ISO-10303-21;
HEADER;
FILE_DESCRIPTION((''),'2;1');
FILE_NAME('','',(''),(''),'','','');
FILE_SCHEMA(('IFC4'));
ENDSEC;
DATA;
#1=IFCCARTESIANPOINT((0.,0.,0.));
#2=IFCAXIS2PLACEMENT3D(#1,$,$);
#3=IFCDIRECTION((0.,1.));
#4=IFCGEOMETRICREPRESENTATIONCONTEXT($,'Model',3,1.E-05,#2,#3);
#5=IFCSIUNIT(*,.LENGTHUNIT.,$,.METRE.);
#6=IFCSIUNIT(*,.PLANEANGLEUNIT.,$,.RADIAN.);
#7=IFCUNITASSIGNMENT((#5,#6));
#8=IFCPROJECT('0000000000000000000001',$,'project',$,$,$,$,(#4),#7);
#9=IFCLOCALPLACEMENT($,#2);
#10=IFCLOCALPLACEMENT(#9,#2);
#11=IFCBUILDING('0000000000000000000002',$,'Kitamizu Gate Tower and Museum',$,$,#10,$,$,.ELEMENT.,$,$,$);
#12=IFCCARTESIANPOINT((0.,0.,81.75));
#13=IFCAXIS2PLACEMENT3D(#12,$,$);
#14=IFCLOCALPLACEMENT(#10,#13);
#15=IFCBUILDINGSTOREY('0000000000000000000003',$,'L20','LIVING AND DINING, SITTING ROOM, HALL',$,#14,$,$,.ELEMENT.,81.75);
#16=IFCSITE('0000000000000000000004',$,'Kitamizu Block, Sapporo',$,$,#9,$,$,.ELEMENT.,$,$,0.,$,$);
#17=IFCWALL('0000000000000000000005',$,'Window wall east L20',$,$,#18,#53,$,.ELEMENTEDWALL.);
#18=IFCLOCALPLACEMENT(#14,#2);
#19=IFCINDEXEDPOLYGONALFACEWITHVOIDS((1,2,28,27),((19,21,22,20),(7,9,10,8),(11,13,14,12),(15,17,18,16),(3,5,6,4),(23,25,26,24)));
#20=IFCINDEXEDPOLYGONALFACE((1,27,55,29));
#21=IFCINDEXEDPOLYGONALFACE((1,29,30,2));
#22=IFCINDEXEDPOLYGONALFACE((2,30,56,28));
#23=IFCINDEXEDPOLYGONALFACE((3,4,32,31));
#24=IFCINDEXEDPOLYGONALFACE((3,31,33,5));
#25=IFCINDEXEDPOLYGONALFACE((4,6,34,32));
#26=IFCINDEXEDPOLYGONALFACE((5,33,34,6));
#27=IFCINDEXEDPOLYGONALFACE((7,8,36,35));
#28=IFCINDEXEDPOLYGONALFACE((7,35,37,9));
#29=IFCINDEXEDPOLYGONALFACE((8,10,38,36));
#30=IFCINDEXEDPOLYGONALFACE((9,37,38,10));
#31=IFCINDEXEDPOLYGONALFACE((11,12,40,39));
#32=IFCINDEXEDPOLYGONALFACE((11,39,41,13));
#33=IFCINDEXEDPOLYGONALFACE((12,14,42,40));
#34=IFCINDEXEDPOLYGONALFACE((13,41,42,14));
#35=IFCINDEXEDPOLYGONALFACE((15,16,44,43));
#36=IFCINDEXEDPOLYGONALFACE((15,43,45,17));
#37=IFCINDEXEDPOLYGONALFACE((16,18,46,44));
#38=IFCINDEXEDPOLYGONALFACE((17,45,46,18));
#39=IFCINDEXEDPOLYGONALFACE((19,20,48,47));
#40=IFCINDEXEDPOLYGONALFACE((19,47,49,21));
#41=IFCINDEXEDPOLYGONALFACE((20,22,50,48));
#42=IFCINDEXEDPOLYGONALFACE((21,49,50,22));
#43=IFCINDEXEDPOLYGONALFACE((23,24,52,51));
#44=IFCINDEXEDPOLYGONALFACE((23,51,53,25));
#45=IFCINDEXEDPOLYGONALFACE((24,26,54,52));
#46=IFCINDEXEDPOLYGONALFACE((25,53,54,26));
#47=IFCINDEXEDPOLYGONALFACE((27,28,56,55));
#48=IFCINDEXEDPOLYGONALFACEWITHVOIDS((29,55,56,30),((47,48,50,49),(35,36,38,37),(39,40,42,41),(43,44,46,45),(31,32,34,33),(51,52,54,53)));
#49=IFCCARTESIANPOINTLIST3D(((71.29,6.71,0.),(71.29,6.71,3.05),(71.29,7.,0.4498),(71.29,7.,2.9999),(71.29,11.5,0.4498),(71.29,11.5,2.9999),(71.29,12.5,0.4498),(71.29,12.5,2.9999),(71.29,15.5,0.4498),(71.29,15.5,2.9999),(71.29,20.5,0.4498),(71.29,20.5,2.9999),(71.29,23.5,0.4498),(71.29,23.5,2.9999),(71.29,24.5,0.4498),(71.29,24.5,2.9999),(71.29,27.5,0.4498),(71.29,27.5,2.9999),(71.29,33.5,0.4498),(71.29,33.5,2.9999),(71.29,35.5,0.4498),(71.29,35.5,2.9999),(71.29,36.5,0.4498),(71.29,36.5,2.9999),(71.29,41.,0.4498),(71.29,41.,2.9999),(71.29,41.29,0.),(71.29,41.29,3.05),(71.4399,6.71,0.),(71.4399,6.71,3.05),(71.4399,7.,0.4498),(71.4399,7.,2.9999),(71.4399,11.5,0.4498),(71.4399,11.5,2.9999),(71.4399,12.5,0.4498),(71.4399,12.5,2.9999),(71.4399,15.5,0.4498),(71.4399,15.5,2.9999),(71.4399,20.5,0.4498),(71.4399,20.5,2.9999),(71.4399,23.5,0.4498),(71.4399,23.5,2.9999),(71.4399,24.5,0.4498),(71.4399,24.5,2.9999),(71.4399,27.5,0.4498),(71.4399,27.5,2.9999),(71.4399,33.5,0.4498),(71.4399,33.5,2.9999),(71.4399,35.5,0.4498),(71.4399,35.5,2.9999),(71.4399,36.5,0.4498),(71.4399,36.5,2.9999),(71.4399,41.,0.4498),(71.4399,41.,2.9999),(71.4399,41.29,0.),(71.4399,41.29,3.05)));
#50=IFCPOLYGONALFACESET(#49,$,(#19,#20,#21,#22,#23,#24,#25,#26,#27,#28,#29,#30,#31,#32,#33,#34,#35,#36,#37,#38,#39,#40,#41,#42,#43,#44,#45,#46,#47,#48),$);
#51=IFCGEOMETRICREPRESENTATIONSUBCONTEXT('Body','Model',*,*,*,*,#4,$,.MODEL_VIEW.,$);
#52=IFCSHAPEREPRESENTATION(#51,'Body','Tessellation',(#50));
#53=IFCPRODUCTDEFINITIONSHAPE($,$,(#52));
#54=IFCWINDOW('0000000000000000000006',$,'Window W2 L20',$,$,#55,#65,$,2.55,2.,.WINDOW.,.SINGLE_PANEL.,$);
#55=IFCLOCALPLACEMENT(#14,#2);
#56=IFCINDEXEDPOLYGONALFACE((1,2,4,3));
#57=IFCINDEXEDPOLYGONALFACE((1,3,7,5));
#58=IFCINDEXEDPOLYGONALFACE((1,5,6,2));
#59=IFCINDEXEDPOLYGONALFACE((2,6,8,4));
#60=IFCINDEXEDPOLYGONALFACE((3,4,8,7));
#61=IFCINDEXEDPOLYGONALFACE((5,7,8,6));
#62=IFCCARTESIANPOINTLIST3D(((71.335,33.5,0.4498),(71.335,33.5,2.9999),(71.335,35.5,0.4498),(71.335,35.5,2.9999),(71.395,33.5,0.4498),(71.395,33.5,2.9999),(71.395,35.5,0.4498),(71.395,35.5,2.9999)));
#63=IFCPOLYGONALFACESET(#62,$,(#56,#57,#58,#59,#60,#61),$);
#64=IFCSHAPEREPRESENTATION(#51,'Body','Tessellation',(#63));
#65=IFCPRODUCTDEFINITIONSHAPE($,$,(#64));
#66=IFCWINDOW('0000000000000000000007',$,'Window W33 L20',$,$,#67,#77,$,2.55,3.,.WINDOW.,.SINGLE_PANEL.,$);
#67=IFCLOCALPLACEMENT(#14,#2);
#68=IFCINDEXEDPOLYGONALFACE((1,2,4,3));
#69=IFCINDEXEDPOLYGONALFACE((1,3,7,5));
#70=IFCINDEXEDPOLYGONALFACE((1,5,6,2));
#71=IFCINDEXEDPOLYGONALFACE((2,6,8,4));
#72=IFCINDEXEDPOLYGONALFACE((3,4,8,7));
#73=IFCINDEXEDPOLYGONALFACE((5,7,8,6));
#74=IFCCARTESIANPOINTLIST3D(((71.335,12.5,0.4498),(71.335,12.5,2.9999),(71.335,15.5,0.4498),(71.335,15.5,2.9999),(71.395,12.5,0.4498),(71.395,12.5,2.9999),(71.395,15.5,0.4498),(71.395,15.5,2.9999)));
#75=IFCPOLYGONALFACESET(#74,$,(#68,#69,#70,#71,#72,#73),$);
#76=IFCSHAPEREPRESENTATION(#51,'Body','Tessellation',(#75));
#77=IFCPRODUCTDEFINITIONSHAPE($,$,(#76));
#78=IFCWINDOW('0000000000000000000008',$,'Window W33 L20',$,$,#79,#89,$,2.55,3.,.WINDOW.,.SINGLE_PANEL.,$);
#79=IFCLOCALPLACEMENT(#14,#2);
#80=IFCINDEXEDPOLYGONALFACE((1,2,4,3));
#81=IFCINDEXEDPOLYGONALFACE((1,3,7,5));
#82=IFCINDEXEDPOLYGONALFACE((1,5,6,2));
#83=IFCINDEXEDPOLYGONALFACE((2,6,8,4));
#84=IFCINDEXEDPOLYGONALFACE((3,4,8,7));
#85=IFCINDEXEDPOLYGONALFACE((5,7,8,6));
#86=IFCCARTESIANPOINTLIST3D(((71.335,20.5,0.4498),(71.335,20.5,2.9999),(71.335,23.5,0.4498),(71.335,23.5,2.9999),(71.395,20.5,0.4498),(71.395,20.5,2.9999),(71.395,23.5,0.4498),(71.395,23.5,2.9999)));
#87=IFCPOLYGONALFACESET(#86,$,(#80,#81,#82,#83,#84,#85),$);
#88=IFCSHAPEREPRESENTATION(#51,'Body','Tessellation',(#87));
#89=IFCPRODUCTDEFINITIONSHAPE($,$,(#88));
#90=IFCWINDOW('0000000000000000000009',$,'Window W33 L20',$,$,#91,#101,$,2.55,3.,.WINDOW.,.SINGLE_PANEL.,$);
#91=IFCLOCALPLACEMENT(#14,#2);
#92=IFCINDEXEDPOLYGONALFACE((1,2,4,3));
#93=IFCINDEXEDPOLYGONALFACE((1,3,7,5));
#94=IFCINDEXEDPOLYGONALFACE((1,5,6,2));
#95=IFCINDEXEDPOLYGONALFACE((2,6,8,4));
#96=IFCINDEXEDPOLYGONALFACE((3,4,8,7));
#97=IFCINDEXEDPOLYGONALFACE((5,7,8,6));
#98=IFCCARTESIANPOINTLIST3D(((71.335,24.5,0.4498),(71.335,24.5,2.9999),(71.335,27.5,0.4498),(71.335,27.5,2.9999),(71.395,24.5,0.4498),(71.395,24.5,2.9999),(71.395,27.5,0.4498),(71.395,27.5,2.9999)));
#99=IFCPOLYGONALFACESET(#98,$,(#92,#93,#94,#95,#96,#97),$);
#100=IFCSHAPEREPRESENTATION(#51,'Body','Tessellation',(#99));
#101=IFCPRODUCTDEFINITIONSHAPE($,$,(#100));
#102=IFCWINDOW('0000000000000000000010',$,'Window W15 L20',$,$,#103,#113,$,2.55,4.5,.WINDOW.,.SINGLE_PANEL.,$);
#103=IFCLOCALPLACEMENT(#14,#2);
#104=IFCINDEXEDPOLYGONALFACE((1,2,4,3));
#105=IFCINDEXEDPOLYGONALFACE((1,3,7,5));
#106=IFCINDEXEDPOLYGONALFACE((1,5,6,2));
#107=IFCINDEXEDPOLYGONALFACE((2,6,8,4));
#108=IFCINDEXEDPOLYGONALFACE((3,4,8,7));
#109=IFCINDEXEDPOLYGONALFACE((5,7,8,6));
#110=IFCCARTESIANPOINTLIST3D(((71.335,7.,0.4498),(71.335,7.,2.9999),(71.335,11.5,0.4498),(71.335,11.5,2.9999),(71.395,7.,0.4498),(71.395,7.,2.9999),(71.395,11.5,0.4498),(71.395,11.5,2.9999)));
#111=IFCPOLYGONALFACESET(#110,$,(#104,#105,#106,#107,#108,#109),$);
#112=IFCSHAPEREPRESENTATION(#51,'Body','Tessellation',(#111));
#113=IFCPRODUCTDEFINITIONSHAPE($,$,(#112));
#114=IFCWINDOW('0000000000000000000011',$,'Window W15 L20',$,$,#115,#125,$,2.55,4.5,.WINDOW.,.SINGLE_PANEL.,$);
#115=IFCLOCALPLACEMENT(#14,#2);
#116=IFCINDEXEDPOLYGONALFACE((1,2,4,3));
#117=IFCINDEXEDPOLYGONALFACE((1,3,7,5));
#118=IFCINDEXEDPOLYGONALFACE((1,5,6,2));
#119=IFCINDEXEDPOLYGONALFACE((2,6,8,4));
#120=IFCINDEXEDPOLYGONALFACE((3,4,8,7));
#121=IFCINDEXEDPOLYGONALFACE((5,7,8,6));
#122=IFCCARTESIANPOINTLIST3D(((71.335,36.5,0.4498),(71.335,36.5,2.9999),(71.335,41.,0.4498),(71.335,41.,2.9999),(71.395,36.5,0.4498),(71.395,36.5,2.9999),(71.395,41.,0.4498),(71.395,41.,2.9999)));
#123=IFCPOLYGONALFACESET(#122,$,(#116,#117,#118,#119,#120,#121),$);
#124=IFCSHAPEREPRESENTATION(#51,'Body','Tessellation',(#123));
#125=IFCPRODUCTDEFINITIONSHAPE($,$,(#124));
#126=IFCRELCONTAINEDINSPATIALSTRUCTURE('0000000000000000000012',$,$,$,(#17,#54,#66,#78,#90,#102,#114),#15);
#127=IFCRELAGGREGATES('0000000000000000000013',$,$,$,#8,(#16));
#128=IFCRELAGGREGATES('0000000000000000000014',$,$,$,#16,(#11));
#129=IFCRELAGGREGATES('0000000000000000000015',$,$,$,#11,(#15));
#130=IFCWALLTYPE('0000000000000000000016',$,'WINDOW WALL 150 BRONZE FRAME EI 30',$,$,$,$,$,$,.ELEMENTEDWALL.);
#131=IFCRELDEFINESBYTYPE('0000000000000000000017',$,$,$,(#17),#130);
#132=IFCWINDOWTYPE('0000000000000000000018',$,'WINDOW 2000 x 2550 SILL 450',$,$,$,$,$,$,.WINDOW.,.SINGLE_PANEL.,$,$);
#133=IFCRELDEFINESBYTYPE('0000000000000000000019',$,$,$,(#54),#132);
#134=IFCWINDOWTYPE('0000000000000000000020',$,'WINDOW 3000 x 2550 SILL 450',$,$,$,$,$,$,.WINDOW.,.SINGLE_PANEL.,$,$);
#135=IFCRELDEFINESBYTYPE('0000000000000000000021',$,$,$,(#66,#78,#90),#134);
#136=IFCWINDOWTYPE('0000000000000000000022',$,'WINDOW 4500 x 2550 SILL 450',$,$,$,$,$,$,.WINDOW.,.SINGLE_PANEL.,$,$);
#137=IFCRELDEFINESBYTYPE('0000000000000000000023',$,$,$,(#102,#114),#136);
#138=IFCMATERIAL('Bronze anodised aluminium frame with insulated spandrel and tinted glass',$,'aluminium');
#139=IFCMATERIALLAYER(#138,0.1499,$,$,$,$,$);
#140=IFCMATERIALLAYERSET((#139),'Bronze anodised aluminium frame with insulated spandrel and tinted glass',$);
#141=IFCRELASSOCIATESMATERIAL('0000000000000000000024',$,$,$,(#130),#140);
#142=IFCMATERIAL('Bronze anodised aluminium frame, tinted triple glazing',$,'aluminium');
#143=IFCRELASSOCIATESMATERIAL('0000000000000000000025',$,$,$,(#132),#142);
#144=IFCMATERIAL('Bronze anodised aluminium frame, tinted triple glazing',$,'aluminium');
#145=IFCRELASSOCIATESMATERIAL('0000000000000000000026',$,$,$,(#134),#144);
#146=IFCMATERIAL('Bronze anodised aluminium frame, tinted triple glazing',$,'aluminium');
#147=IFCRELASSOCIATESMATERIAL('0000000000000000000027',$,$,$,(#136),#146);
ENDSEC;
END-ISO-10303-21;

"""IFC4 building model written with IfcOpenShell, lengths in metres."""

from ifc_helpers import new_model, si_unit, direction, frame, frame_2d, origin, place, context, subcontext, project, spatial, rectangle, extrude, material, layer, layer_set, type_object, element, fill, save


model = new_model("IFC4")

# Units and contexts
model_context = context("Model", 3, precision=1e-05, world=origin(), true_north=direction((0.0, 1.0)))
body_context = subcontext(model_context, "Body", "Model", "MODEL_VIEW")
ifc_project = project(units=[si_unit("LENGTHUNIT", "METRE"), si_unit("PLANEANGLEUNIT", "RADIAN")], contexts=[model_context])

# Site, building, storey
site_placement = place(None, origin())
site = spatial("IfcSite", under=ifc_project, at=site_placement, Name="Kitamizu Block, Sapporo", CompositionType="ELEMENT", RefElevation=0.0)
building_placement = place(site_placement, origin())
building = spatial("IfcBuilding", under=site, at=building_placement, Name="Kitamizu Gate Tower and Museum", CompositionType="ELEMENT")
storey_placement = place(building_placement, frame((0.0, 0.0, 81.75)))
storey = spatial("IfcBuildingStorey", under=building, at=storey_placement, Name="L20", Description="LIVING AND DINING, SITTING ROOM, HALL", CompositionType="ELEMENT", Elevation=81.75)

# Shared definitions
ifc_material_1 = material(Name="Bronze anodised aluminium frame with insulated spandrel and tinted glass", Category="aluminium")
ifc_layer_1 = layer(ifc_material_1, 0.1499)
ifc_layer_set_1 = layer_set([ifc_layer_1], Name="Bronze anodised aluminium frame with insulated spandrel and tinted glass")
wall_type_1 = type_object("IfcWallType", Name="WINDOW WALL 150 BRONZE FRAME EI 30", PredefinedType="ELEMENTEDWALL", material=ifc_layer_set_1)

# Wall, openings, windows
wall_1_placement = place(storey_placement, frame((71.365, 6.71, 0.0), z_axis=(0.0, 0.0, 1.0), x_axis=(0.0, 1.0, 0.0)))
wall_1 = element("IfcWall", 1, at=wall_1_placement, inside=storey, type_object=wall_type_1, Name="Window wall east L20", PredefinedType="ELEMENTEDWALL", context=body_context, shape_type="SweptSolid", body=[
    extrude(rectangle(XDim=34.5801, YDim=0.1499, at=frame_2d((17.29, 0.0))), origin(), (0.0, 0.0, 1.0), 3.05),
])
opening_1_placement = place(wall_1_placement, frame((0.29, 0.0, 0.45)))
opening_1 = element("IfcOpeningElement", 2, at=opening_1_placement, cuts=wall_1, PredefinedType="OPENING", context=body_context, shape_type="SweptSolid", body=[
    extrude(rectangle(XDim=4.5, YDim=2.55, at=frame_2d((2.25, 1.2749))), frame((0.0, 0.085, 0.0), z_axis=(0.0, -1.0, 0.0), x_axis=(1.0, 0.0, 0.0)), (0.0, 0.0, 1.0), 0.1699),
])
opening_2_placement = place(wall_1_placement, frame((5.79, 0.0, 0.45)))
opening_2 = element("IfcOpeningElement", 3, at=opening_2_placement, cuts=wall_1, PredefinedType="OPENING", context=body_context, shape_type="SweptSolid", body=[
    extrude(rectangle(XDim=3.0, YDim=2.55, at=frame_2d((1.5, 1.2749))), frame((0.0, 0.085, 0.0), z_axis=(0.0, -1.0, 0.0), x_axis=(1.0, 0.0, 0.0)), (0.0, 0.0, 1.0), 0.1699),
])
opening_3_placement = place(wall_1_placement, frame((13.79, 0.0, 0.45)))
opening_3 = element("IfcOpeningElement", 4, at=opening_3_placement, cuts=wall_1, PredefinedType="OPENING", context=body_context, shape_type="SweptSolid", body=[
    extrude(rectangle(XDim=3.0, YDim=2.55, at=frame_2d((1.5, 1.2749))), frame((0.0, 0.085, 0.0), z_axis=(0.0, -1.0, 0.0), x_axis=(1.0, 0.0, 0.0)), (0.0, 0.0, 1.0), 0.1699),
])
opening_4_placement = place(wall_1_placement, frame((17.79, 0.0, 0.45)))
opening_4 = element("IfcOpeningElement", 5, at=opening_4_placement, cuts=wall_1, PredefinedType="OPENING", context=body_context, shape_type="SweptSolid", body=[
    extrude(rectangle(XDim=3.0, YDim=2.55, at=frame_2d((1.5, 1.2749))), frame((0.0, 0.085, 0.0), z_axis=(0.0, -1.0, 0.0), x_axis=(1.0, 0.0, 0.0)), (0.0, 0.0, 1.0), 0.1699),
])
opening_5_placement = place(wall_1_placement, frame((26.79, 0.0, 0.45)))
opening_5 = element("IfcOpeningElement", 6, at=opening_5_placement, cuts=wall_1, PredefinedType="OPENING", context=body_context, shape_type="SweptSolid", body=[
    extrude(rectangle(XDim=2.0, YDim=2.55, at=frame_2d((1.0, 1.2749))), frame((0.0, 0.085, 0.0), z_axis=(0.0, -1.0, 0.0), x_axis=(1.0, 0.0, 0.0)), (0.0, 0.0, 1.0), 0.1699),
])
opening_6_placement = place(wall_1_placement, frame((29.79, 0.0, 0.45)))
opening_6 = element("IfcOpeningElement", 7, at=opening_6_placement, cuts=wall_1, PredefinedType="OPENING", context=body_context, shape_type="SweptSolid", body=[
    extrude(rectangle(XDim=4.5, YDim=2.55, at=frame_2d((2.25, 1.2749))), frame((0.0, 0.085, 0.0), z_axis=(0.0, -1.0, 0.0), x_axis=(1.0, 0.0, 0.0)), (0.0, 0.0, 1.0), 0.1699),
])
ifc_material_2 = material(Name="Bronze anodised aluminium frame, tinted triple glazing", Category="aluminium")
window_type_1 = type_object("IfcWindowType", Name="WINDOW 2000 x 2550 SILL 450", PartitioningType="SINGLE_PANEL", PredefinedType="WINDOW", material=ifc_material_2)
window_1_placement = place(opening_5_placement, origin())
window_1 = element("IfcWindow", 8, at=window_1_placement, inside=storey, type_object=window_type_1, Name="Window W2 L20", OverallHeight=2.55, OverallWidth=2.0, PartitioningType="SINGLE_PANEL", PredefinedType="WINDOW", context=body_context, shape_type="SweptSolid", body=[
    extrude(rectangle(XDim=2.0, YDim=2.55, at=frame_2d((1.0, 1.2749))), frame((0.0, 0.03, 0.0), z_axis=(0.0, -1.0, 0.0), x_axis=(1.0, 0.0, 0.0)), (0.0, 0.0, 1.0), 0.0601),
])
fill(opening_5, window_1)
ifc_material_3 = material(Name="Bronze anodised aluminium frame, tinted triple glazing", Category="aluminium")
window_type_2 = type_object("IfcWindowType", Name="WINDOW 3000 x 2550 SILL 450", PartitioningType="SINGLE_PANEL", PredefinedType="WINDOW", material=ifc_material_3)
window_2_placement = place(opening_2_placement, origin())
window_2 = element("IfcWindow", 9, at=window_2_placement, inside=storey, type_object=window_type_2, Name="Window W33 L20", OverallHeight=2.55, OverallWidth=3.0, PartitioningType="SINGLE_PANEL", PredefinedType="WINDOW", context=body_context, shape_type="SweptSolid", body=[
    extrude(rectangle(XDim=3.0, YDim=2.55, at=frame_2d((1.5, 1.2749))), frame((0.0, 0.03, 0.0), z_axis=(0.0, -1.0, 0.0), x_axis=(1.0, 0.0, 0.0)), (0.0, 0.0, 1.0), 0.0601),
])
fill(opening_2, window_2)
window_3_placement = place(opening_3_placement, origin())
window_3 = element("IfcWindow", 10, at=window_3_placement, inside=storey, type_object=window_type_2, Name="Window W33 L20", OverallHeight=2.55, OverallWidth=3.0, PartitioningType="SINGLE_PANEL", PredefinedType="WINDOW", context=body_context, shape_type="SweptSolid", body=[
    extrude(rectangle(XDim=3.0, YDim=2.55, at=frame_2d((1.5, 1.2749))), frame((0.0, 0.03, 0.0), z_axis=(0.0, -1.0, 0.0), x_axis=(1.0, 0.0, 0.0)), (0.0, 0.0, 1.0), 0.0601),
])
fill(opening_3, window_3)
window_4_placement = place(opening_4_placement, origin())
window_4 = element("IfcWindow", 11, at=window_4_placement, inside=storey, type_object=window_type_2, Name="Window W33 L20", OverallHeight=2.55, OverallWidth=3.0, PartitioningType="SINGLE_PANEL", PredefinedType="WINDOW", context=body_context, shape_type="SweptSolid", body=[
    extrude(rectangle(XDim=3.0, YDim=2.55, at=frame_2d((1.5, 1.2749))), frame((0.0, 0.03, 0.0), z_axis=(0.0, -1.0, 0.0), x_axis=(1.0, 0.0, 0.0)), (0.0, 0.0, 1.0), 0.0601),
])
fill(opening_4, window_4)
ifc_material_4 = material(Name="Bronze anodised aluminium frame, tinted triple glazing", Category="aluminium")
window_type_3 = type_object("IfcWindowType", Name="WINDOW 4500 x 2550 SILL 450", PartitioningType="SINGLE_PANEL", PredefinedType="WINDOW", material=ifc_material_4)
window_5_placement = place(opening_1_placement, origin())
window_5 = element("IfcWindow", 12, at=window_5_placement, inside=storey, type_object=window_type_3, Name="Window W15 L20", OverallHeight=2.55, OverallWidth=4.5, PartitioningType="SINGLE_PANEL", PredefinedType="WINDOW", context=body_context, shape_type="SweptSolid", body=[
    extrude(rectangle(XDim=4.5, YDim=2.55, at=frame_2d((2.25, 1.2749))), frame((0.0, 0.03, 0.0), z_axis=(0.0, -1.0, 0.0), x_axis=(1.0, 0.0, 0.0)), (0.0, 0.0, 1.0), 0.0601),
])
fill(opening_1, window_5)
window_6_placement = place(opening_6_placement, origin())
window_6 = element("IfcWindow", 13, at=window_6_placement, inside=storey, type_object=window_type_3, Name="Window W15 L20", OverallHeight=2.55, OverallWidth=4.5, PartitioningType="SINGLE_PANEL", PredefinedType="WINDOW", context=body_context, shape_type="SweptSolid", body=[
    extrude(rectangle(XDim=4.5, YDim=2.55, at=frame_2d((2.25, 1.2749))), frame((0.0, 0.03, 0.0), z_axis=(0.0, -1.0, 0.0), x_axis=(1.0, 0.0, 0.0)), (0.0, 0.0, 1.0), 0.0601),
])
fill(opening_6, window_6)

save(model, "model.ifc")
